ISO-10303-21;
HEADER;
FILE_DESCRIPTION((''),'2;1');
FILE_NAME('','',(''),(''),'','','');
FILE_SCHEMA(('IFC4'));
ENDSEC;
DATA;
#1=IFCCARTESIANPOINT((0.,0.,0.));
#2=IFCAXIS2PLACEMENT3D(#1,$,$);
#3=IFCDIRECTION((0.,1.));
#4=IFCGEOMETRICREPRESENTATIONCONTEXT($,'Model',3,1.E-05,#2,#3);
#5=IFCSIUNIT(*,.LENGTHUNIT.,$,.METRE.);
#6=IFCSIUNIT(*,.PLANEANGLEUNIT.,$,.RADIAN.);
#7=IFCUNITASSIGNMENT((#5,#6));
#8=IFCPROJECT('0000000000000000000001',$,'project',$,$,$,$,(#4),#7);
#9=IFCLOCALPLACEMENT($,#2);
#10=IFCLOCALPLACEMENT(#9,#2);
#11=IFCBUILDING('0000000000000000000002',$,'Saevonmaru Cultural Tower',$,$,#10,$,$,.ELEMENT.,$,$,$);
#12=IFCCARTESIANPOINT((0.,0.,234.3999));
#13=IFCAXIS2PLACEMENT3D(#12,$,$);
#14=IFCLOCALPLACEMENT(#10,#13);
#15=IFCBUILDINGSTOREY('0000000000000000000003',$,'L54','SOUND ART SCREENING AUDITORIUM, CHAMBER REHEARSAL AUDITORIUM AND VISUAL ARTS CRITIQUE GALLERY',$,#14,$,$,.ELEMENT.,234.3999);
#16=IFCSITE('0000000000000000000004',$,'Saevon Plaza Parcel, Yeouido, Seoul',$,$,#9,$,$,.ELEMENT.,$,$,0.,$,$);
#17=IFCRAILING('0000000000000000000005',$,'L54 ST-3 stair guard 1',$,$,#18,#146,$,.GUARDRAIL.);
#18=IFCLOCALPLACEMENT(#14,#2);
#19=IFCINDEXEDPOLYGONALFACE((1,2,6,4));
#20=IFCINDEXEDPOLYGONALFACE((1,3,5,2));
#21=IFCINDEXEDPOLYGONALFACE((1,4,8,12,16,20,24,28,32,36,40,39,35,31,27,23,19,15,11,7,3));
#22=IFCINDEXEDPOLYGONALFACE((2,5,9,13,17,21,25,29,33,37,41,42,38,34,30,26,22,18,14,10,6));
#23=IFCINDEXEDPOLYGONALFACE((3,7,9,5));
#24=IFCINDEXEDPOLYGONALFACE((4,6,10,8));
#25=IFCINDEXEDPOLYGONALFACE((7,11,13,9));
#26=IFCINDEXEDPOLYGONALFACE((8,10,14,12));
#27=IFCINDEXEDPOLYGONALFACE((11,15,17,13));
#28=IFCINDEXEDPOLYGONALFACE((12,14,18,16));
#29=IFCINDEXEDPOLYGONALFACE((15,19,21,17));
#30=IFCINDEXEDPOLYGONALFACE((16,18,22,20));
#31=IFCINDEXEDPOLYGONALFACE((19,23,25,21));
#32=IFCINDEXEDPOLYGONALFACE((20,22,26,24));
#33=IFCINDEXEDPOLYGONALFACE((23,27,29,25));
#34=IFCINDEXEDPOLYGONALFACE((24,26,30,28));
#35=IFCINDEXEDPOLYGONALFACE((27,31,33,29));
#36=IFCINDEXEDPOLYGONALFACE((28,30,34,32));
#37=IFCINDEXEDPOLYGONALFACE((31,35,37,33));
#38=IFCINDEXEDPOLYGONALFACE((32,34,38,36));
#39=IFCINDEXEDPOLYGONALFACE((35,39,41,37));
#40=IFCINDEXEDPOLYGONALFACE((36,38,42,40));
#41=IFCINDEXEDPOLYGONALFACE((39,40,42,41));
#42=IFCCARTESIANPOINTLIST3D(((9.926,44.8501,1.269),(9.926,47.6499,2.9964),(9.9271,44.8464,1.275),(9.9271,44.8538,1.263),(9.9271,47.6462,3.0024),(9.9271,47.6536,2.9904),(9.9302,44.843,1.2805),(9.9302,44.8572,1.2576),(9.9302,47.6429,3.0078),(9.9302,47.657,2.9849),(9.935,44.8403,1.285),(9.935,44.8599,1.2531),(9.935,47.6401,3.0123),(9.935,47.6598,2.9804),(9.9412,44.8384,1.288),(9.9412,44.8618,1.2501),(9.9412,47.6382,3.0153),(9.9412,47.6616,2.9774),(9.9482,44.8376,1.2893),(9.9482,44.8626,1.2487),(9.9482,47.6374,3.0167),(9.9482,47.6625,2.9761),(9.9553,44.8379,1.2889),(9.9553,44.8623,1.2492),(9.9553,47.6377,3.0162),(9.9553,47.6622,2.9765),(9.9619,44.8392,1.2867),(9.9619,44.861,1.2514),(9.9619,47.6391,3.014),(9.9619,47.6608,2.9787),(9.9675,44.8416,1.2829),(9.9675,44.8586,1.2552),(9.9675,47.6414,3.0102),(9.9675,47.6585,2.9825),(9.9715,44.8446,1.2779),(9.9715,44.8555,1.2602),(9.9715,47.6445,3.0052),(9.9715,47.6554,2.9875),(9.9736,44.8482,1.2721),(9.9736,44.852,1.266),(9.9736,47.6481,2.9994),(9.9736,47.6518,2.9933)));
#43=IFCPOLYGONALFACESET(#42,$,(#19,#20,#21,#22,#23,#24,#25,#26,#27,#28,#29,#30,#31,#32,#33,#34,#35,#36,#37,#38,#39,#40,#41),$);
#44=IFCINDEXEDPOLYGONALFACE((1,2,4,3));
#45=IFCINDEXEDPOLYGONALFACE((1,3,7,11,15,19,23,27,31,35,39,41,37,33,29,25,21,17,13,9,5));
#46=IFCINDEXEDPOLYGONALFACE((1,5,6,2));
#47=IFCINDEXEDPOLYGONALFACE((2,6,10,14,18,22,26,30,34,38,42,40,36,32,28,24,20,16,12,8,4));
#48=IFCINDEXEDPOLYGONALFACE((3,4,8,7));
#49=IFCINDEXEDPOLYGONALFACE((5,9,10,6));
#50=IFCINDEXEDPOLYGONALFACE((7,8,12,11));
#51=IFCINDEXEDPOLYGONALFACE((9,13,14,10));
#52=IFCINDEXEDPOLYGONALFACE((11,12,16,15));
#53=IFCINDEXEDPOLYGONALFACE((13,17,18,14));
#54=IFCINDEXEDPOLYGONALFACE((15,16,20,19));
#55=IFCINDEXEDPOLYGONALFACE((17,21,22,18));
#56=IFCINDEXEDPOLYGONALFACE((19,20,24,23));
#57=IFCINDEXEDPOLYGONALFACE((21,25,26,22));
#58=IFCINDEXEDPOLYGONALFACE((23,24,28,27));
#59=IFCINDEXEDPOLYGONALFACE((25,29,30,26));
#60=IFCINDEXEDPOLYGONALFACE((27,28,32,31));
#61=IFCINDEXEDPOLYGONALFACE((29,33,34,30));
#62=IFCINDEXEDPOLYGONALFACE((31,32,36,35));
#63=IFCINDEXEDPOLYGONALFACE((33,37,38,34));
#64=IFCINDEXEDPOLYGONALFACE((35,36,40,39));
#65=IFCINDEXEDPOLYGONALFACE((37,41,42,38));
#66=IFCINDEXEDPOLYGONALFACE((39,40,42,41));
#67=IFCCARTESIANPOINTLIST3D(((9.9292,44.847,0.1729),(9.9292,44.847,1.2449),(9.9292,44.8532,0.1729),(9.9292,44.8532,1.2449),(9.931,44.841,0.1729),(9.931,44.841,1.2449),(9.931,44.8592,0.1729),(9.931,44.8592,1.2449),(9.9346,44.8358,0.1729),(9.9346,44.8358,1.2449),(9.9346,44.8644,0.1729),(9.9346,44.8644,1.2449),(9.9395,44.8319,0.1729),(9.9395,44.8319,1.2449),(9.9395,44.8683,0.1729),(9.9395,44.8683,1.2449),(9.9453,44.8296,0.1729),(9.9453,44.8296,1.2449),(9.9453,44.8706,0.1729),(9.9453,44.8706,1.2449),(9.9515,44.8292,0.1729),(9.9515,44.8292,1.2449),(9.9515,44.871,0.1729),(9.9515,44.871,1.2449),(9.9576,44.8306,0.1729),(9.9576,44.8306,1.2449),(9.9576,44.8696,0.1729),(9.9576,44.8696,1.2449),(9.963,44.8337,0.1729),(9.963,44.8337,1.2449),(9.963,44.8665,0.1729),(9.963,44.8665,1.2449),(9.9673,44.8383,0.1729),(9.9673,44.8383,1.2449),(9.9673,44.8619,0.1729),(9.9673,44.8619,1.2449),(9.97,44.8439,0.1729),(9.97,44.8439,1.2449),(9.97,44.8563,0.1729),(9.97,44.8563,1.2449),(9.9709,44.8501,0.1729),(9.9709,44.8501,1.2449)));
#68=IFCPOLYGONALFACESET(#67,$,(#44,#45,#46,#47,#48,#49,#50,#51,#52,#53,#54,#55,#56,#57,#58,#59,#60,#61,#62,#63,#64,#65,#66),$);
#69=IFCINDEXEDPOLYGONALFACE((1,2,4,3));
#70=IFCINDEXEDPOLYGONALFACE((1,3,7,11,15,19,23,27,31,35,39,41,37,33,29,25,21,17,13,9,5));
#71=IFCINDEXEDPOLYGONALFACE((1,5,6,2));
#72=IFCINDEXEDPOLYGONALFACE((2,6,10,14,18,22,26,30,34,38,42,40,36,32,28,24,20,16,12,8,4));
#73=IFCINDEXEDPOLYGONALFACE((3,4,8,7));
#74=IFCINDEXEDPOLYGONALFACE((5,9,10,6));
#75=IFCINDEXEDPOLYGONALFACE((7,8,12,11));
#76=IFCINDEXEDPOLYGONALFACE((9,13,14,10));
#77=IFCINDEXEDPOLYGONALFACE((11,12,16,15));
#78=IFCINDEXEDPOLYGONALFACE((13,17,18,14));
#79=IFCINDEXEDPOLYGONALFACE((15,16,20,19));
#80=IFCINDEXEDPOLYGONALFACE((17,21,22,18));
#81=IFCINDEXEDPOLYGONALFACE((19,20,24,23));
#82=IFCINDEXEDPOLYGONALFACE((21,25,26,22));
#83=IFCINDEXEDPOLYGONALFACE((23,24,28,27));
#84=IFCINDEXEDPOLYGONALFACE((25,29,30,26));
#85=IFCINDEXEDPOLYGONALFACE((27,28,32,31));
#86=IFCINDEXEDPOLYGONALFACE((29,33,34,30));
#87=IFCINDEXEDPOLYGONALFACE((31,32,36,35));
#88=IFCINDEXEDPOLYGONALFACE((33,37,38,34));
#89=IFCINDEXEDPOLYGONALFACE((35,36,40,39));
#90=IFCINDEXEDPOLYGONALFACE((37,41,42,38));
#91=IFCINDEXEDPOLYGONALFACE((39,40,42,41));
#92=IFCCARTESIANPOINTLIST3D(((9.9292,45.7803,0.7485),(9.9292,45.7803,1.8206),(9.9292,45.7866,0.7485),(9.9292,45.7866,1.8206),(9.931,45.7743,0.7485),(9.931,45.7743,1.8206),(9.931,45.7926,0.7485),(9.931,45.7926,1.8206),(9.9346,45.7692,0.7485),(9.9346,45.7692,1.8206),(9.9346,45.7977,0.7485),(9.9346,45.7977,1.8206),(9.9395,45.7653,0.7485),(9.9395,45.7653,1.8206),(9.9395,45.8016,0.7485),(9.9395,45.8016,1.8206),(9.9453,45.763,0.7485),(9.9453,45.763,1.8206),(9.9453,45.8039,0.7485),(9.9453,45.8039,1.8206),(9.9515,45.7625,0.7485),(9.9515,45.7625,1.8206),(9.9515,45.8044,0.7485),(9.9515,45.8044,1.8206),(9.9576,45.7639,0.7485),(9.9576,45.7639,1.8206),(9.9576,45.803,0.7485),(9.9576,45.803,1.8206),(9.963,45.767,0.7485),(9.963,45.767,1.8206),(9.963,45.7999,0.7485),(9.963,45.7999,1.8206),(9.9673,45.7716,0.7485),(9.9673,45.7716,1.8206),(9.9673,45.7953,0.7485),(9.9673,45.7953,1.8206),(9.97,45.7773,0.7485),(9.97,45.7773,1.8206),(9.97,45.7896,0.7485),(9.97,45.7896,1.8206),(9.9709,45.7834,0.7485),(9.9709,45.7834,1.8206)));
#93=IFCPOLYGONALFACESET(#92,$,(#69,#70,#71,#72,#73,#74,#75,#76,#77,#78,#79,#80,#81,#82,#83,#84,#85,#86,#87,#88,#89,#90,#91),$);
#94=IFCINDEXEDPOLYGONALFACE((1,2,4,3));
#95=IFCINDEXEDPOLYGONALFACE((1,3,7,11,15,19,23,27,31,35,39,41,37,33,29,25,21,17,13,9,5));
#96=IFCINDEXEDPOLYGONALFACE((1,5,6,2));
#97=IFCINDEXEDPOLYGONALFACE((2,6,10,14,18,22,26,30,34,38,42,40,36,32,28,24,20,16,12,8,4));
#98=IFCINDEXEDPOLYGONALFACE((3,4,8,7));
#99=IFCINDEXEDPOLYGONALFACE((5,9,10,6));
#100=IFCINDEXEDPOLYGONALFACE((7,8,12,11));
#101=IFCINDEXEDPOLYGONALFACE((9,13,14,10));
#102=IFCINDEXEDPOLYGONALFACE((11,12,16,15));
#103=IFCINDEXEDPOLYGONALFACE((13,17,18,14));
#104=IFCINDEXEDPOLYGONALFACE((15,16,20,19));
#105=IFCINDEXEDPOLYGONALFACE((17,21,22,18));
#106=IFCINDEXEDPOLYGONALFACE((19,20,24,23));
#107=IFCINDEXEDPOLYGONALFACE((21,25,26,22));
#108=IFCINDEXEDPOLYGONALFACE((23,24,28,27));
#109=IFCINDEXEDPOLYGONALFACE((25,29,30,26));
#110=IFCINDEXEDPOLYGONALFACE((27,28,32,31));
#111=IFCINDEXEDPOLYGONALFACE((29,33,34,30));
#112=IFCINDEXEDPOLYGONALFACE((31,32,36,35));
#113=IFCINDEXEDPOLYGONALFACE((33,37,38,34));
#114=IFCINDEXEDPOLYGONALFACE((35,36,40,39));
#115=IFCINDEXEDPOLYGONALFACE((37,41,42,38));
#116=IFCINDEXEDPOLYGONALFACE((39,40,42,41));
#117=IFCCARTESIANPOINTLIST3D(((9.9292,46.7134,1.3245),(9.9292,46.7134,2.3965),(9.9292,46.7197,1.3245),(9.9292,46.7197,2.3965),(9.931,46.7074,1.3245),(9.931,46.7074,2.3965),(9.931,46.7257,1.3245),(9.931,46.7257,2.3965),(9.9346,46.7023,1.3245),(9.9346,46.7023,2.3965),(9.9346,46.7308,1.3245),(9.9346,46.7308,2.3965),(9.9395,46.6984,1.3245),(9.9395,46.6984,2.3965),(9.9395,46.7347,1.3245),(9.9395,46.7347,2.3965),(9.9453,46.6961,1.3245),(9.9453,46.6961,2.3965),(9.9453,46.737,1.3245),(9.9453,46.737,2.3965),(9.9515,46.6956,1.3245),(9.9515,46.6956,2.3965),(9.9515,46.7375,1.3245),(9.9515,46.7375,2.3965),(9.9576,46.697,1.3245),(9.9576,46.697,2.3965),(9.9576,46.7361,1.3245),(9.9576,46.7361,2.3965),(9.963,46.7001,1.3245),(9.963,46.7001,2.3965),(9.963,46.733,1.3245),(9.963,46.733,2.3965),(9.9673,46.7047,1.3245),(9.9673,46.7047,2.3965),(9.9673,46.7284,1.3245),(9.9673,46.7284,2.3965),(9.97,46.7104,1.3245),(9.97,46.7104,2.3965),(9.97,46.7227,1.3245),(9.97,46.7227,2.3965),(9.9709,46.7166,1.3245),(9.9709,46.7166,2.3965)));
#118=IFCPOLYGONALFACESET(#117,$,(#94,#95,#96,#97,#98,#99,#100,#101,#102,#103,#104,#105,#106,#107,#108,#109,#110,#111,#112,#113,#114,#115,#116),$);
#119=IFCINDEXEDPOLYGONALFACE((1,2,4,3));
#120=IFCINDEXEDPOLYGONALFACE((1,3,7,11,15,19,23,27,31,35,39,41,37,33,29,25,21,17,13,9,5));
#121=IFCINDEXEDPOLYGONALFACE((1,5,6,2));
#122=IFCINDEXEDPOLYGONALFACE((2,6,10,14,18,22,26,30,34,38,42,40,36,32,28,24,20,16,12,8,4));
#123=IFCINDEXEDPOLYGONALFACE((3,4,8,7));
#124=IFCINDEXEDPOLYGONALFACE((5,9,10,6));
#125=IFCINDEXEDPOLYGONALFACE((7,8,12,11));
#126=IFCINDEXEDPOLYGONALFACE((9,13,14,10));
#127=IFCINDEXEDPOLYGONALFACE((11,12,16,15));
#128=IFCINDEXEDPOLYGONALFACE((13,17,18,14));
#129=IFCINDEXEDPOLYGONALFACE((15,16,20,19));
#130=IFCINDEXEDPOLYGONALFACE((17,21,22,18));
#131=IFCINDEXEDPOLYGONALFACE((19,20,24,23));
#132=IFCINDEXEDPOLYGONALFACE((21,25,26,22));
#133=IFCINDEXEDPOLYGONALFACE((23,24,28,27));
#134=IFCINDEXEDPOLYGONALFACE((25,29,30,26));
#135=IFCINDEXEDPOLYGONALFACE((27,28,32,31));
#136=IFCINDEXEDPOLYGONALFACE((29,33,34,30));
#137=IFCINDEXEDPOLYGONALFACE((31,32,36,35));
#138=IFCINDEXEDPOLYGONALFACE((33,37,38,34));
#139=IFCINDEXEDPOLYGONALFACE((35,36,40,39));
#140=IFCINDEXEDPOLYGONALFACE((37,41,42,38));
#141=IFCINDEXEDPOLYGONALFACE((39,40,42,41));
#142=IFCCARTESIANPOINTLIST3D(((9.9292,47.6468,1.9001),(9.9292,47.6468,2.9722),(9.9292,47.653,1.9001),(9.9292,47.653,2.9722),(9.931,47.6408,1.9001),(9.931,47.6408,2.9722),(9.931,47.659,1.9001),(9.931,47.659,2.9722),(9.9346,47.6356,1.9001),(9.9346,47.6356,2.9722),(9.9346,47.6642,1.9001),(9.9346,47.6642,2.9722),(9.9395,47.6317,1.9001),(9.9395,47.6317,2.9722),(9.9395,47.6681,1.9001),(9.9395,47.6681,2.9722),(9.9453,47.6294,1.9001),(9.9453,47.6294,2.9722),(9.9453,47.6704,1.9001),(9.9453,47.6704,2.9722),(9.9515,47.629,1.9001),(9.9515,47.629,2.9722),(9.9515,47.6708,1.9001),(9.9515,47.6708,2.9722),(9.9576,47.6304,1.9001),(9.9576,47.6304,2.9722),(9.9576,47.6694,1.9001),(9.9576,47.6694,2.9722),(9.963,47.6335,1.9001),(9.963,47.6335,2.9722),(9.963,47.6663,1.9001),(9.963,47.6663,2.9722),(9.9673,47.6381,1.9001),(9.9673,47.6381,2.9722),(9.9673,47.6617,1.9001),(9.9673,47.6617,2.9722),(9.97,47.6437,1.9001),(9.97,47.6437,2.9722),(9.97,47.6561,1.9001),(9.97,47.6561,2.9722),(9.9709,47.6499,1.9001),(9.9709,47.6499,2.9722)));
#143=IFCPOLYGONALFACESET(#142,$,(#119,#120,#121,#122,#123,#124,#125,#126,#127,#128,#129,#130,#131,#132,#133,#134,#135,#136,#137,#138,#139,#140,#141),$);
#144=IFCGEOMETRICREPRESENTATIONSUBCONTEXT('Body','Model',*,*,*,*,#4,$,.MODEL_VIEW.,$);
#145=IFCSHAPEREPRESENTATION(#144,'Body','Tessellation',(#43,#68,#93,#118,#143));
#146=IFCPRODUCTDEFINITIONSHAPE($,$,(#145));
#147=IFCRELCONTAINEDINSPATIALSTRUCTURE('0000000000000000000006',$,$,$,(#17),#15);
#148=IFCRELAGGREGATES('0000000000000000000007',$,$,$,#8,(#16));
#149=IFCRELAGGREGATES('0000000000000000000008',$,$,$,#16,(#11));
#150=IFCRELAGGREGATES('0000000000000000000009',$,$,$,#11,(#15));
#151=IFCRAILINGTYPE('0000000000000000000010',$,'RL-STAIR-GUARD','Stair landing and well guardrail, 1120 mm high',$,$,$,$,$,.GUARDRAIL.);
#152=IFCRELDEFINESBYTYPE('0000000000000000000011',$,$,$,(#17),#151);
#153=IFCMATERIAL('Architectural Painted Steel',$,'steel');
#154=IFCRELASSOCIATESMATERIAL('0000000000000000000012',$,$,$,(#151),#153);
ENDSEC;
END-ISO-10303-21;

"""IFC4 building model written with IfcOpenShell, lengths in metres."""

from ifc_helpers import new_model, si_unit, direction, frame, origin, origin_2d, place, context, subcontext, project, spatial, circle, extrude, material, type_object, element, save


model = new_model("IFC4")

# Units and contexts
model_context = context("Model", 3, precision=1e-05, world=origin(), true_north=direction((0.0, 1.0)))
body_context = subcontext(model_context, "Body", "Model", "MODEL_VIEW")
ifc_project = project(units=[si_unit("LENGTHUNIT", "METRE"), si_unit("PLANEANGLEUNIT", "RADIAN")], contexts=[model_context])

# Site, building, storey
site_placement = place(None, origin())
site = spatial("IfcSite", under=ifc_project, at=site_placement, Name="Saevon Plaza Parcel, Yeouido, Seoul", CompositionType="ELEMENT", RefElevation=0.0)
building_placement = place(site_placement, origin())
building = spatial("IfcBuilding", under=site, at=building_placement, Name="Saevonmaru Cultural Tower", CompositionType="ELEMENT")
storey_placement = place(building_placement, frame((0.0, 0.0, 234.3999)))
storey = spatial("IfcBuildingStorey", under=building, at=storey_placement, Name="L54", Description="SOUND ART SCREENING AUDITORIUM, CHAMBER REHEARSAL AUDITORIUM AND VISUAL ARTS CRITIQUE GALLERY", CompositionType="ELEMENT", Elevation=234.3999)

# Railing
ifc_material_1 = material(Name="Architectural Painted Steel", Category="steel")
railing_type_1 = type_object("IfcRailingType", Name="RL-STAIR-GUARD", Description="Stair landing and well guardrail, 1120 mm high", PredefinedType="GUARDRAIL", material=ifc_material_1)
railing_1_placement = place(storey_placement, frame((9.95, 44.8501, 0.1729)))
element("IfcRailing", 1, at=railing_1_placement, inside=storey, type_object=railing_type_1, Name="L54 ST-3 stair guard 1", PredefinedType="GUARDRAIL", context=body_context, shape_type="SweptSolid", body=[
    extrude(circle(Radius=0.0239, at=origin_2d()), frame((0.0, 0.0, 1.0962), z_axis=(0.0, 0.851069, 0.525054), x_axis=(-1.0, 0.0, 0.0)), (0.0, 0.0, 1.0), 3.2898),
    extrude(circle(Radius=0.021, at=origin_2d()), origin(), (0.0, 0.0, 1.0), 1.072),
    extrude(circle(Radius=0.021, at=origin_2d()), frame((0.0, 0.9333, 0.5757)), (0.0, 0.0, 1.0), 1.072),
    extrude(circle(Radius=0.021, at=origin_2d()), frame((0.0, 1.8665, 1.1516)), (0.0, 0.0, 1.0), 1.072),
    extrude(circle(Radius=0.021, at=origin_2d()), frame((0.0, 2.7998, 1.7273)), (0.0, 0.0, 1.0), 1.072),
])

save(model, "model.ifc")
